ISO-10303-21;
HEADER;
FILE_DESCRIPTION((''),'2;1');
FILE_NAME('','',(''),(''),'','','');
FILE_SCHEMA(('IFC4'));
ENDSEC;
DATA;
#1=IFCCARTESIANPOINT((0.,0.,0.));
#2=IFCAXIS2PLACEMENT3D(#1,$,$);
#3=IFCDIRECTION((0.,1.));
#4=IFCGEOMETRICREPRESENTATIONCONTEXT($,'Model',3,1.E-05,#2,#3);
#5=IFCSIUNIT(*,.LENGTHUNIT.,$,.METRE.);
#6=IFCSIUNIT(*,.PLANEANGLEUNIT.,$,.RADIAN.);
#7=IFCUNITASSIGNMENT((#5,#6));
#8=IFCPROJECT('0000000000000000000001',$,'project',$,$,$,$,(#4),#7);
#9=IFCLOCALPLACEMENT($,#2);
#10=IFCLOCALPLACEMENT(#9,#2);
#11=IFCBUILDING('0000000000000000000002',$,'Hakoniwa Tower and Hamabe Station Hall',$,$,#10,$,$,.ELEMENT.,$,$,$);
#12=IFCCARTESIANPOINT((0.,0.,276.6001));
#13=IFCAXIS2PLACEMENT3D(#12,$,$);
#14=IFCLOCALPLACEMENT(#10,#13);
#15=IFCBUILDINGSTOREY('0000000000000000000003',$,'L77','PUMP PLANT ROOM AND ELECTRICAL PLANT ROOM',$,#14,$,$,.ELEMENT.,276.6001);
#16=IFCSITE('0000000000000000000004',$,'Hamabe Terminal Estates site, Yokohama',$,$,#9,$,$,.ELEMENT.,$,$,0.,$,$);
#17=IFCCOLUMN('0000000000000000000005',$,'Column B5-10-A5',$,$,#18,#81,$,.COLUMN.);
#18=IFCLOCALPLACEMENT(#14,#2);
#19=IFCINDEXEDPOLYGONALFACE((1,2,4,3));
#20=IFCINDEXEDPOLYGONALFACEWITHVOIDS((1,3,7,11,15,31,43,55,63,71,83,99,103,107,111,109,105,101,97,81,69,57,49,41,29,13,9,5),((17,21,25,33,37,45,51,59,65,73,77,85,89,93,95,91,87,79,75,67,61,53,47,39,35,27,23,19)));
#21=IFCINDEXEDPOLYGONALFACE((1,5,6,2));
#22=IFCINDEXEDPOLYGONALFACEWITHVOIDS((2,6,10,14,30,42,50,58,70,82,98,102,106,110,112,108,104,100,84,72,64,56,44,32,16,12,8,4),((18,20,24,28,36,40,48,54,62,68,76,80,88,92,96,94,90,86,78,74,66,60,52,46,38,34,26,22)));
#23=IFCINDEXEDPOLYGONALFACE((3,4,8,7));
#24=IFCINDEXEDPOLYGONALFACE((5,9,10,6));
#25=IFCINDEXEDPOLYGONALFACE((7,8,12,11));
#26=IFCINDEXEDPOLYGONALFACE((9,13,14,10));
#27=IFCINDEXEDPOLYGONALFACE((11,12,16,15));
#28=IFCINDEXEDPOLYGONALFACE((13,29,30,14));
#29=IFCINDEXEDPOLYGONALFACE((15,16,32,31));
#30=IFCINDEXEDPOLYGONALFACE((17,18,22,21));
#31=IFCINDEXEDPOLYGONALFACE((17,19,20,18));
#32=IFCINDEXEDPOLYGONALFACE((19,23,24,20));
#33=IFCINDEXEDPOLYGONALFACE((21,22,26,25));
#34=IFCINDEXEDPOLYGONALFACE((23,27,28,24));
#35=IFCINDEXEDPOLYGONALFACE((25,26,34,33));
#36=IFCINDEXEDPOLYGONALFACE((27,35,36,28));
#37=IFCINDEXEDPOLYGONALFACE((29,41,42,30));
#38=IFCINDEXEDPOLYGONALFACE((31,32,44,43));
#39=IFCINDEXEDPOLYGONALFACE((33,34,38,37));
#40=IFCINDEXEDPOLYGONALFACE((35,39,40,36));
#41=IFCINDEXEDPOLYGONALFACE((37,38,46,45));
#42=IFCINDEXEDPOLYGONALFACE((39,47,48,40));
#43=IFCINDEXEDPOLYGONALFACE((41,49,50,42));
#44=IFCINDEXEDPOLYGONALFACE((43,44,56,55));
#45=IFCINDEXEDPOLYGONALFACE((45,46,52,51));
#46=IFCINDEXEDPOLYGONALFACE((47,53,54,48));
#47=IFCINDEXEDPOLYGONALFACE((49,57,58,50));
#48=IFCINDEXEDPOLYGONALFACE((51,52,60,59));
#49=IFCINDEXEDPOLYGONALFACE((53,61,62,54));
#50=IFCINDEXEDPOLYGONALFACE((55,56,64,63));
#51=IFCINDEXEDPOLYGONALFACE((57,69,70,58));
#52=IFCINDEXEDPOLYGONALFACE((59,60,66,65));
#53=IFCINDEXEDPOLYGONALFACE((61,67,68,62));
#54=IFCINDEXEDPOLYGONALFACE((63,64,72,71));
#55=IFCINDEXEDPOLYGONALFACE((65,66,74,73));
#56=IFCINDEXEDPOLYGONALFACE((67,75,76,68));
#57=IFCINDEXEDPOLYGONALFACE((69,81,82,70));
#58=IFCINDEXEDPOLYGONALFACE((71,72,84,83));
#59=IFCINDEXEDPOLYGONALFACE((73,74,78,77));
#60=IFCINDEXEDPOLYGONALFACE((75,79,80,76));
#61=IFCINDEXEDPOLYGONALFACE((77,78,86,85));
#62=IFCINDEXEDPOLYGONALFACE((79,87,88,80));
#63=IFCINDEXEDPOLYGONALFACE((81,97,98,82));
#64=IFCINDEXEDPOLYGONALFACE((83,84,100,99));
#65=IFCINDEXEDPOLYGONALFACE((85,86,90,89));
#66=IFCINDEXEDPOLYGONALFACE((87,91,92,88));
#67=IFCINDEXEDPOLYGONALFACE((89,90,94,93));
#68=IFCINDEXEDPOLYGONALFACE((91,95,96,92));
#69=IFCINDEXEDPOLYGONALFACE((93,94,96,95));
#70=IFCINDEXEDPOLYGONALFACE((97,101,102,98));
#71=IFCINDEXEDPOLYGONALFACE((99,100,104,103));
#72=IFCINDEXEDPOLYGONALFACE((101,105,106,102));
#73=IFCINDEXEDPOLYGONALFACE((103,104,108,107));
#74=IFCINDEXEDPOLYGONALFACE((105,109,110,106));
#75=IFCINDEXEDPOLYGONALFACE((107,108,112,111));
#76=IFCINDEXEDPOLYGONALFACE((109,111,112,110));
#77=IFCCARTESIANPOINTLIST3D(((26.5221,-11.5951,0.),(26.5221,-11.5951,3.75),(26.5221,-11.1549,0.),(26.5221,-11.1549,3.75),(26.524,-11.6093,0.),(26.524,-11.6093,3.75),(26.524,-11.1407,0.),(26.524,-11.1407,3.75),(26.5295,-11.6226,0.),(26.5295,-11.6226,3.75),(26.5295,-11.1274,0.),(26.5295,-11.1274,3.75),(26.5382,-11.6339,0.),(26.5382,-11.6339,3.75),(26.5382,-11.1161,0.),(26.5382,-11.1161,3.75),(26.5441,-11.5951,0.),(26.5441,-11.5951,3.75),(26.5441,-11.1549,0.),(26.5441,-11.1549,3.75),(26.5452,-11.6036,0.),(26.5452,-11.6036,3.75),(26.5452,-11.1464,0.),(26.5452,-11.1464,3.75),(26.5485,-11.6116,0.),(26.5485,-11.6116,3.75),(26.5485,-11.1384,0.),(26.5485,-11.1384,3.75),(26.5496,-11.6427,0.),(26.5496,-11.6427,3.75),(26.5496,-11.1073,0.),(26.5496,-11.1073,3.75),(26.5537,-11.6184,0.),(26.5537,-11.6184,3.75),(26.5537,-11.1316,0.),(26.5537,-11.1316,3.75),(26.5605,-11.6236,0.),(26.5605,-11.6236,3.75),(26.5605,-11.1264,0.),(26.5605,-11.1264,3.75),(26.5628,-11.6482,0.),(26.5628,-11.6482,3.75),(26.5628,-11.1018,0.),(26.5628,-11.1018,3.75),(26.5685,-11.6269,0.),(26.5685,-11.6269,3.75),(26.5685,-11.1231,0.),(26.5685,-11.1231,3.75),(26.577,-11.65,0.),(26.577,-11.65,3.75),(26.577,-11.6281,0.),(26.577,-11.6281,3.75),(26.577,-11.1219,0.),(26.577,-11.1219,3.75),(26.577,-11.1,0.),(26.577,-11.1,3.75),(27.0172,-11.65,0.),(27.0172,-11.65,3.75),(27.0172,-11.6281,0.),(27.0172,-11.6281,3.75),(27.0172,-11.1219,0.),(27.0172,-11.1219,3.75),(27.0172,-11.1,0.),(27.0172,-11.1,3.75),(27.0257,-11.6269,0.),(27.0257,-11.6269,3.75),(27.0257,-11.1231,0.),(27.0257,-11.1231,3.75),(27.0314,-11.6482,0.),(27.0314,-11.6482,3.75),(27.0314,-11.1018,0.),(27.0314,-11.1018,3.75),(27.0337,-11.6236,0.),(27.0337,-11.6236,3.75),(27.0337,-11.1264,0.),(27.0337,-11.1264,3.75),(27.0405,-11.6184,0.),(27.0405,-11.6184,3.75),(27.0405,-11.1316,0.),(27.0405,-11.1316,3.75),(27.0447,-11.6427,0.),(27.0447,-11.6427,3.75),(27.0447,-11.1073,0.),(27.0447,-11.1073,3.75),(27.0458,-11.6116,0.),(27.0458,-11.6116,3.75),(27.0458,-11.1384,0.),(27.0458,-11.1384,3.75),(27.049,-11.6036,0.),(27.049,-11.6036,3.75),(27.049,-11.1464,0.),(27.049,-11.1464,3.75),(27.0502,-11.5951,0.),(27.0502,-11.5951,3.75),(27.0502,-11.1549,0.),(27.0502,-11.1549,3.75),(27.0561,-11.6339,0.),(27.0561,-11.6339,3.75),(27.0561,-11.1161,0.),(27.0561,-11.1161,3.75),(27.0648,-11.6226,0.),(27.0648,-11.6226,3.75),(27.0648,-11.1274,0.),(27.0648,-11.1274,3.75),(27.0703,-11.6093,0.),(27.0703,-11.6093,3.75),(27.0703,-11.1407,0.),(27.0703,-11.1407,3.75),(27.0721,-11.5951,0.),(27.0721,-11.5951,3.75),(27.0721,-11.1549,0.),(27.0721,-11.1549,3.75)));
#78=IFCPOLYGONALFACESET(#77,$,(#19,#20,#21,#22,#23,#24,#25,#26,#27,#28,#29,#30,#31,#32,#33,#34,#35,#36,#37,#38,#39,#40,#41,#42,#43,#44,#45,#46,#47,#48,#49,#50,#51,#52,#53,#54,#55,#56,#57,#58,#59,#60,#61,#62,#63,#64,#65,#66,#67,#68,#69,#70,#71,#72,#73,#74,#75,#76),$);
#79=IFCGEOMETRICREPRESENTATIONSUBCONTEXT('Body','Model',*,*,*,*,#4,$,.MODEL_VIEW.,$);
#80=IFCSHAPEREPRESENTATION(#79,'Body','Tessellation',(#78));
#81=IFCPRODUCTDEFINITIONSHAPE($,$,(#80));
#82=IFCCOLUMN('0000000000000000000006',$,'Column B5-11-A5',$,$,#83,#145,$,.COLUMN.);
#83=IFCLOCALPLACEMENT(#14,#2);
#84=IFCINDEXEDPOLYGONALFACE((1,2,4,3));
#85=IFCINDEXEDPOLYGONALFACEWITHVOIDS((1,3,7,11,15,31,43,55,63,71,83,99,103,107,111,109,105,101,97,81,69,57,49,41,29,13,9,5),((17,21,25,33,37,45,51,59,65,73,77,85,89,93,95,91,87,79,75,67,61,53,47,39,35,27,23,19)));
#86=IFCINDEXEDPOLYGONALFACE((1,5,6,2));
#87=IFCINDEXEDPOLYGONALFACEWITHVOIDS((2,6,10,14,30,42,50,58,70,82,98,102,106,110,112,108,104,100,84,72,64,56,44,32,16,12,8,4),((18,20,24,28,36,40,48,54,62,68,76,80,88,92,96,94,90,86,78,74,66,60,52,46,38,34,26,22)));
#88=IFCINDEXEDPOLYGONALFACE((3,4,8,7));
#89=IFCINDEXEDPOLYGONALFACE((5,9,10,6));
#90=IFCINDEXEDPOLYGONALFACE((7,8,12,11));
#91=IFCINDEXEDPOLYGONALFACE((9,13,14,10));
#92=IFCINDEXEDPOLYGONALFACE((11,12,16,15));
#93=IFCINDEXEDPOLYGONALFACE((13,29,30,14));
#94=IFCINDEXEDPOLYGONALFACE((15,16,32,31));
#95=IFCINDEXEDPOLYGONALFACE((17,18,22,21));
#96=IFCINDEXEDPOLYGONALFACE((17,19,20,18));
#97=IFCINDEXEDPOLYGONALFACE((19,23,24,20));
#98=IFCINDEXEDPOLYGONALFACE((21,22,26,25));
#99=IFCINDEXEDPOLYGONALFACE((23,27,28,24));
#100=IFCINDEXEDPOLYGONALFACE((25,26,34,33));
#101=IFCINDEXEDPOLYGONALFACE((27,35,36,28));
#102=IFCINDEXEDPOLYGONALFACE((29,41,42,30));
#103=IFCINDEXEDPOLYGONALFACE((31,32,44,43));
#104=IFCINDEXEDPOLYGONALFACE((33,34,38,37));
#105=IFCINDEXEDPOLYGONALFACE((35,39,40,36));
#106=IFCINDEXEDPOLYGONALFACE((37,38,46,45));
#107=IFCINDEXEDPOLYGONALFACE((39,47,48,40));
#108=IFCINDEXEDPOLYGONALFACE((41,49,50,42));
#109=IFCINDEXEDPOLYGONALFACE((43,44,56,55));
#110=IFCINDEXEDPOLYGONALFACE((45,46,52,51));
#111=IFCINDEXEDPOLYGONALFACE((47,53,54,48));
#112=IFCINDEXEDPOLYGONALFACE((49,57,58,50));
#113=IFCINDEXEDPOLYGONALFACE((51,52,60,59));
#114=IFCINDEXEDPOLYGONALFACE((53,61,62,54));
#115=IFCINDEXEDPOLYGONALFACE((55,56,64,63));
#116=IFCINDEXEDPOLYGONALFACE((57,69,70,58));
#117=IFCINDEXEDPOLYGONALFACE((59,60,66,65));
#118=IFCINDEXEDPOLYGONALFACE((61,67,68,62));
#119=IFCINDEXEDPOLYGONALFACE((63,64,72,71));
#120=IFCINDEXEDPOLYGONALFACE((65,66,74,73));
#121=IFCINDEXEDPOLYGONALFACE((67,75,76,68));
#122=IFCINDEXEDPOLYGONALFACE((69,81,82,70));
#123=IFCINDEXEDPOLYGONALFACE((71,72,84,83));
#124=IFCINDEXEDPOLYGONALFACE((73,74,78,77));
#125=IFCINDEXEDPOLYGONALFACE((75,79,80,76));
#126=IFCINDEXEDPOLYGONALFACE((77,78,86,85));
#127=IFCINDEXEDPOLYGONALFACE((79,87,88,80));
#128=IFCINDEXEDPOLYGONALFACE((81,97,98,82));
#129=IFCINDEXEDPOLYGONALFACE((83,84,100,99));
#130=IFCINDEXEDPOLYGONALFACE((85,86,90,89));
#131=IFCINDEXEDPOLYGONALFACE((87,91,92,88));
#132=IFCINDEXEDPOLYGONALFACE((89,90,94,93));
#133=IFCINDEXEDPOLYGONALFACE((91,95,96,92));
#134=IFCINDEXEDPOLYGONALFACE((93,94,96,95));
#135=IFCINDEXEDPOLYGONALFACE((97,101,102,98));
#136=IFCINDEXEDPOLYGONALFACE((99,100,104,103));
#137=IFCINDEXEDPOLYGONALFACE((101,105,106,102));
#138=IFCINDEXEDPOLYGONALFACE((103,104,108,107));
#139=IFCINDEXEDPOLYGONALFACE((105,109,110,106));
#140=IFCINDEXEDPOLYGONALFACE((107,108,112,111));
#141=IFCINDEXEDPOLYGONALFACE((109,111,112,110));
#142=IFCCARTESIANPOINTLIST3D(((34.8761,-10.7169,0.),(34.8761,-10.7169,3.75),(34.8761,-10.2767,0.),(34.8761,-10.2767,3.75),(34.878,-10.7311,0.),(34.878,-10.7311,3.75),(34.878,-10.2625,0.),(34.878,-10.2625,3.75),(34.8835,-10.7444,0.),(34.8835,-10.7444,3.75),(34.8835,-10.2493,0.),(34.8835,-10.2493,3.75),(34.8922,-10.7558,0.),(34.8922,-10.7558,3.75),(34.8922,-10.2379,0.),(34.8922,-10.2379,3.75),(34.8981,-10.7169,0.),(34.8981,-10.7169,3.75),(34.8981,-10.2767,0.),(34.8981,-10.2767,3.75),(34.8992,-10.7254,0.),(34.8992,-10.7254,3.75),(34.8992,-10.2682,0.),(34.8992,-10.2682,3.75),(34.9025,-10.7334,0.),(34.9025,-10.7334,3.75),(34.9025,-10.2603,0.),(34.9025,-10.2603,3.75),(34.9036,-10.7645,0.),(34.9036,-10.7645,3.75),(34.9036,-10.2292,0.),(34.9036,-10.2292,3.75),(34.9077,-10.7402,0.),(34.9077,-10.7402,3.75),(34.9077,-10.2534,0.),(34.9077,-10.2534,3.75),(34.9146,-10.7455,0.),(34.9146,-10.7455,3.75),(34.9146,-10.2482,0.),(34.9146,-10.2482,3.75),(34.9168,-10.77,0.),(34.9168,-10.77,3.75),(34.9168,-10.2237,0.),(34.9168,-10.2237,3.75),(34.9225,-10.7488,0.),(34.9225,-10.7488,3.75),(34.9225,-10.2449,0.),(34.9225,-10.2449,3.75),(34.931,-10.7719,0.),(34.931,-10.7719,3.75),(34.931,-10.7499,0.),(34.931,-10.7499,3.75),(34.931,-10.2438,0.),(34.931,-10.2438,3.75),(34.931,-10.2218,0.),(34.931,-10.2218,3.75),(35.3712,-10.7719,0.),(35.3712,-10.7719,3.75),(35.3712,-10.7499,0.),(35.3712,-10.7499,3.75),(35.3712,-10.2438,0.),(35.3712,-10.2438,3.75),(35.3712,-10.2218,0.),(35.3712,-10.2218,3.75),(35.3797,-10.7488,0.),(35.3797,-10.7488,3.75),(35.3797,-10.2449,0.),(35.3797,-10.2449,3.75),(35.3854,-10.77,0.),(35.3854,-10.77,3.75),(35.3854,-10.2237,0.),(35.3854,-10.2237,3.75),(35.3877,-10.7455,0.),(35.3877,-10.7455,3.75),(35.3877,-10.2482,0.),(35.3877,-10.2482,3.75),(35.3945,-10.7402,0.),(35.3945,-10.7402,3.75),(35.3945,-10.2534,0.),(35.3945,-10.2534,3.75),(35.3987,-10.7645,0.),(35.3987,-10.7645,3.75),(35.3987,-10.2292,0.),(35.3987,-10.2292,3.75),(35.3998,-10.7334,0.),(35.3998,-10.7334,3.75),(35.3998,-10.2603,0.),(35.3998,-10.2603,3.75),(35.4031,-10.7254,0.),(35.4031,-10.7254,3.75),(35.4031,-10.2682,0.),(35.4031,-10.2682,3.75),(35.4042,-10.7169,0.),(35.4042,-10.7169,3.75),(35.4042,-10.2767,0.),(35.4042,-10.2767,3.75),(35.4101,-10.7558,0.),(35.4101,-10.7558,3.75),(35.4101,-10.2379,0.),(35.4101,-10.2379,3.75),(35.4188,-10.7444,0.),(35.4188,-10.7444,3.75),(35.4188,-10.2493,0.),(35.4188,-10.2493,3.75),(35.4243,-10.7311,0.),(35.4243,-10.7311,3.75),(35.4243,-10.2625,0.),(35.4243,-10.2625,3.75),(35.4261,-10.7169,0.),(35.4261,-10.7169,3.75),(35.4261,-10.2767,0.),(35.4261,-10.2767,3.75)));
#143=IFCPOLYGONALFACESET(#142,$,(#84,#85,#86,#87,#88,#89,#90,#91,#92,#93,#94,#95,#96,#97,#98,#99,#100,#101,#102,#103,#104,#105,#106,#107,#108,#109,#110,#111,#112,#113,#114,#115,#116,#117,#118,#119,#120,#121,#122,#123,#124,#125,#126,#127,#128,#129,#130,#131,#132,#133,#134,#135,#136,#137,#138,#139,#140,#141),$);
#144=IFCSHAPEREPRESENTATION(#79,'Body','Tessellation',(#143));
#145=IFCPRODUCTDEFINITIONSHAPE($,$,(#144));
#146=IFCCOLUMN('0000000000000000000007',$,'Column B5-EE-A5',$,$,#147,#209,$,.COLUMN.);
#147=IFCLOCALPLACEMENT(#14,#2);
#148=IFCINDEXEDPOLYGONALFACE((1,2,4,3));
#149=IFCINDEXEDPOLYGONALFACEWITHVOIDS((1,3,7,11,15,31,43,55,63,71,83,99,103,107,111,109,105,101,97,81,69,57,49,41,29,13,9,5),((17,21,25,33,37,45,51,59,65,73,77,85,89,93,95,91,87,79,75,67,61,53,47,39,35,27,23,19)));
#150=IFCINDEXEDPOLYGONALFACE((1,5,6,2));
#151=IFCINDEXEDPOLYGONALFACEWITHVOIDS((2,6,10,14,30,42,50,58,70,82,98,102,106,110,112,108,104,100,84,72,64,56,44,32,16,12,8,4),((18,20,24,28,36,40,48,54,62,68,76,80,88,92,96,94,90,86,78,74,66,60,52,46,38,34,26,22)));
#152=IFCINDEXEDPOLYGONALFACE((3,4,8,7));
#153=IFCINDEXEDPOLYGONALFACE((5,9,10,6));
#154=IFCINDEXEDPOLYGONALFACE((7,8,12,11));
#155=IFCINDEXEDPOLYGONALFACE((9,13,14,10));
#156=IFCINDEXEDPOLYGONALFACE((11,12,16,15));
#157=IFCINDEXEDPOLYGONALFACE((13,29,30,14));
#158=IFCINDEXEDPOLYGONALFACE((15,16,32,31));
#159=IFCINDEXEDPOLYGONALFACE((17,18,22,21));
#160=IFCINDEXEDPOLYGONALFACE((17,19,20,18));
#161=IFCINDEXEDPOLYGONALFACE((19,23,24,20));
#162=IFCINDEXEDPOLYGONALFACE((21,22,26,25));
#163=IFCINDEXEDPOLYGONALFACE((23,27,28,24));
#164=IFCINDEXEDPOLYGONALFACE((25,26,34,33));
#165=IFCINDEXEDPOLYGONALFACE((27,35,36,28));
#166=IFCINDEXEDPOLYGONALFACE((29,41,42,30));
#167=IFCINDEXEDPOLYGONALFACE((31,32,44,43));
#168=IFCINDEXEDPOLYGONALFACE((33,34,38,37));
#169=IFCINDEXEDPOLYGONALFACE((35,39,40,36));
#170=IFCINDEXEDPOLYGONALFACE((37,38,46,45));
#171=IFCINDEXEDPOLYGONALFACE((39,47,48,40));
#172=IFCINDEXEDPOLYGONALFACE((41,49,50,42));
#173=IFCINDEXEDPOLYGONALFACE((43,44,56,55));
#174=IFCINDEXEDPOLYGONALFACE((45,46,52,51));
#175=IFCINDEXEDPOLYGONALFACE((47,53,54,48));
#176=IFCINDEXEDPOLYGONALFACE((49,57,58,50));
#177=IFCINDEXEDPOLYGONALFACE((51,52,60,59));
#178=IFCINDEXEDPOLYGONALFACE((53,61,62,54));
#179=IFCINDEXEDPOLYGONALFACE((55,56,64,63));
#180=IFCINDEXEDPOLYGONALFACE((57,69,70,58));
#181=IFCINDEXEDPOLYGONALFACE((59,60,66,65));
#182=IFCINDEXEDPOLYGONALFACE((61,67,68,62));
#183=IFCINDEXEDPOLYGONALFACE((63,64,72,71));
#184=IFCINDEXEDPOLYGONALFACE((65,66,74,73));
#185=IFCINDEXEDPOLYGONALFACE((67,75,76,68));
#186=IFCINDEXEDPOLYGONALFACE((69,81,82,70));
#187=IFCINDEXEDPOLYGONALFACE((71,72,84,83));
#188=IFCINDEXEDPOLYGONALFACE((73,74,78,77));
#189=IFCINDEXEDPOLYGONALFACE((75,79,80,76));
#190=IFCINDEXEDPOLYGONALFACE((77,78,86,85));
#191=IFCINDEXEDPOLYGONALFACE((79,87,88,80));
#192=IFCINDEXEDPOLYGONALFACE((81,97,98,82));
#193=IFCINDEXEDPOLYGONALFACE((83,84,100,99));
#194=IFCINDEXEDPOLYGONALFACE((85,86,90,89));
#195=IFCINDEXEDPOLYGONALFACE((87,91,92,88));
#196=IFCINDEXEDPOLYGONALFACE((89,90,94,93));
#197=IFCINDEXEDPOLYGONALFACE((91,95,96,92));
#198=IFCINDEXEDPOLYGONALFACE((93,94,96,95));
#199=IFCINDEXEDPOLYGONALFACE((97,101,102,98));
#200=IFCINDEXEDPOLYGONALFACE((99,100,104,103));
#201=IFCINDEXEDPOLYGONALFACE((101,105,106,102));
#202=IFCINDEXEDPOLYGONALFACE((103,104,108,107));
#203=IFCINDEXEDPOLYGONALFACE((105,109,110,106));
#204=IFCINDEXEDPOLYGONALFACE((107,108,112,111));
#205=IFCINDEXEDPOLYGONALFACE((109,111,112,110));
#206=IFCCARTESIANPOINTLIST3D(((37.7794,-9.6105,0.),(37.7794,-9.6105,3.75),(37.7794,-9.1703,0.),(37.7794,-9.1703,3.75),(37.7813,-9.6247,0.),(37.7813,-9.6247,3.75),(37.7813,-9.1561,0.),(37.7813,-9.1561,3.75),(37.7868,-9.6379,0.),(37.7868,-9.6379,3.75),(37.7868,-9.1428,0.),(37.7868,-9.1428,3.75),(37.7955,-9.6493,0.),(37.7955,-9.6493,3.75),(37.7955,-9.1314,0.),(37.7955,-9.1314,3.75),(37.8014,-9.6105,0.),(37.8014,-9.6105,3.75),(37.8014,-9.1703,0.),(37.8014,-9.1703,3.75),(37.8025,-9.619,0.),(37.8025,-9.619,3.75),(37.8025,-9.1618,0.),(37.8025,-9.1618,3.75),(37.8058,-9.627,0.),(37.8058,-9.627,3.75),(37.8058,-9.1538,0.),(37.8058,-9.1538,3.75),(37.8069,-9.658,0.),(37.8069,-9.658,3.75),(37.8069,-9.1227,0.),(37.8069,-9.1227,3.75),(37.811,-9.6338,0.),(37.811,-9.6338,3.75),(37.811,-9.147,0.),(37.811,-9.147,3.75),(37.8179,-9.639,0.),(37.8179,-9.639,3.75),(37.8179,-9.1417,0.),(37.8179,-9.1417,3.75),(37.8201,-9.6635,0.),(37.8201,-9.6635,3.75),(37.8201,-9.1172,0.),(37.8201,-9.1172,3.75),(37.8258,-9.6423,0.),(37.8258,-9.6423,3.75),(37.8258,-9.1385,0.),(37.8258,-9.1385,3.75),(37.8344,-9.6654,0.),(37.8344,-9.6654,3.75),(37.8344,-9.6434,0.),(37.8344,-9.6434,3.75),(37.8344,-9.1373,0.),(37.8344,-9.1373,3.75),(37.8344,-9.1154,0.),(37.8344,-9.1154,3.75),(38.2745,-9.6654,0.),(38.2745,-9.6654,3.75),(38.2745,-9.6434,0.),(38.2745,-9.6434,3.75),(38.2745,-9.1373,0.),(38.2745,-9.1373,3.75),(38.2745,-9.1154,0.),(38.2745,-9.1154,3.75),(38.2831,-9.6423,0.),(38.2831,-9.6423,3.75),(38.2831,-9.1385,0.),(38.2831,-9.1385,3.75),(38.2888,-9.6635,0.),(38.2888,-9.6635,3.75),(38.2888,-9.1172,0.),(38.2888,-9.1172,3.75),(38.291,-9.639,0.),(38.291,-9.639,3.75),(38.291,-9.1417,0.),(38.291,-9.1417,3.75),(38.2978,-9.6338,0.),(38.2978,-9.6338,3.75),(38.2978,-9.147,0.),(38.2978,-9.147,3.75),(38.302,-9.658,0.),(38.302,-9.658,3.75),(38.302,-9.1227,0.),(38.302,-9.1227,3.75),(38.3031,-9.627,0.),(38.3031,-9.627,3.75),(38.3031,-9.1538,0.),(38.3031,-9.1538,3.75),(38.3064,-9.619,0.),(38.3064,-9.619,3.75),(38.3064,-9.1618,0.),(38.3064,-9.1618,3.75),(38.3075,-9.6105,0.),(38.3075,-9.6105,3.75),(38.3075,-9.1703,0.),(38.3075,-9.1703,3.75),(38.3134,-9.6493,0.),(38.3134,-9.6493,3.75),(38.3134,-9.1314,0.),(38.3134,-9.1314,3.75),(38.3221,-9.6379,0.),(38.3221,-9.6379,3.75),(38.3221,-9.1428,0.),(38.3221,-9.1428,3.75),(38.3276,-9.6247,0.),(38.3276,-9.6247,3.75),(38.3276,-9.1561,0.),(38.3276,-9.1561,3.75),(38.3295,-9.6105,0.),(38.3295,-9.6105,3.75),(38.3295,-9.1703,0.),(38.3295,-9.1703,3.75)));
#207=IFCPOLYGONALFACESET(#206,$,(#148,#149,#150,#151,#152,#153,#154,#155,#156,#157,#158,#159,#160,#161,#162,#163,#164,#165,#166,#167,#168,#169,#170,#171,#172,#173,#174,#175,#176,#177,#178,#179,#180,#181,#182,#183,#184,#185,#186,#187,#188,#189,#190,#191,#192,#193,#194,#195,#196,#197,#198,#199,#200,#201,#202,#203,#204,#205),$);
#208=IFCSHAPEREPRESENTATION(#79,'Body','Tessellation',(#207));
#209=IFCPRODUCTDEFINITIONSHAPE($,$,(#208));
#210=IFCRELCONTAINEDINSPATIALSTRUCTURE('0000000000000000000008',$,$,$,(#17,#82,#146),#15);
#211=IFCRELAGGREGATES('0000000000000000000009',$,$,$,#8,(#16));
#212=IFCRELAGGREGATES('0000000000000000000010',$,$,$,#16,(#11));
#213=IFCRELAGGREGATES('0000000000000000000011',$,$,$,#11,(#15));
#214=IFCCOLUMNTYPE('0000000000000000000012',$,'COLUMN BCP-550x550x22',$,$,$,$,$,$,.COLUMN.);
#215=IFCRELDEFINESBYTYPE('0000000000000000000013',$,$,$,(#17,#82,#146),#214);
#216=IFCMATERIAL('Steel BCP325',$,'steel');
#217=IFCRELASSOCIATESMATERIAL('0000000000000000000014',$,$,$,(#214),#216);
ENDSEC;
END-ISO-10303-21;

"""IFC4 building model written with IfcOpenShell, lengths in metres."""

from ifc_helpers import new_model, si_unit, direction, frame, origin, origin_2d, place, context, subcontext, project, spatial, hollow_rectangle, extrude, material, material_profile, profile_set, type_object, element, save


model = new_model("IFC4")

# Units and contexts
model_context = context("Model", 3, precision=1e-05, world=origin(), true_north=direction((0.0, 1.0)))
body_context = subcontext(model_context, "Body", "Model", "MODEL_VIEW")
ifc_project = project(units=[si_unit("LENGTHUNIT", "METRE"), si_unit("PLANEANGLEUNIT", "RADIAN")], contexts=[model_context])

# Site, building, storey
site_placement = place(None, origin())
site = spatial("IfcSite", under=ifc_project, at=site_placement, Name="Hamabe Terminal Estates site, Yokohama", CompositionType="ELEMENT", RefElevation=0.0)
building_placement = place(site_placement, origin())
building = spatial("IfcBuilding", under=site, at=building_placement, Name="Hakoniwa Tower and Hamabe Station Hall", CompositionType="ELEMENT")
storey_placement = place(building_placement, frame((0.0, 0.0, 276.6001)))
storey = spatial("IfcBuildingStorey", under=building, at=storey_placement, Name="L77", Description="PUMP PLANT ROOM AND ELECTRICAL PLANT ROOM", CompositionType="ELEMENT", Elevation=276.6001)

# Columns
ifc_material_1 = material(Name="Steel BCP325", Category="steel")
ifc_material_profile_1 = material_profile(ifc_material_1, hollow_rectangle(XDim=0.55, YDim=0.55, WallThickness=0.022, InnerFilletRadius=0.033, OuterFilletRadius=0.0549, at=origin_2d()), Name="BCP-550x550x22")
ifc_profile_set_1 = profile_set([ifc_material_profile_1], Name="Steel BCP325")
column_type = type_object("IfcColumnType", Name="COLUMN BCP-550x550x22", PredefinedType="COLUMN", material=ifc_profile_set_1)
for number, where, z_axis, x_axis, name in (
    (1, (26.7971, -11.375, 0.0), (0.0, 0.0, 1.0), (1.0, 0.0, 0.0), "Column B5-10-A5"),
    (2, (35.1511, -10.4968, 0.0), (0.0, 0.0, 1.0), (1.0, 0.0, 0.0), "Column B5-11-A5"),
    (3, (38.0544, -9.3904, 0.0), (0.0, 0.0, 1.0), (1.0, 0.0, 0.0), "Column B5-EE-A5"),
):
    element("IfcColumn", number, at=place(storey_placement, frame(where, z_axis=z_axis, x_axis=x_axis)), inside=storey, type_object=column_type, Name=name, PredefinedType="COLUMN", context=body_context, shape_type="SweptSolid", body=[
        extrude(hollow_rectangle(XDim=0.55, YDim=0.55, WallThickness=0.022, InnerFilletRadius=0.033, OuterFilletRadius=0.0549, at=origin_2d()), origin(), (0.0, 0.0, 1.0), 3.75),
    ])

save(model, "model.ifc")
